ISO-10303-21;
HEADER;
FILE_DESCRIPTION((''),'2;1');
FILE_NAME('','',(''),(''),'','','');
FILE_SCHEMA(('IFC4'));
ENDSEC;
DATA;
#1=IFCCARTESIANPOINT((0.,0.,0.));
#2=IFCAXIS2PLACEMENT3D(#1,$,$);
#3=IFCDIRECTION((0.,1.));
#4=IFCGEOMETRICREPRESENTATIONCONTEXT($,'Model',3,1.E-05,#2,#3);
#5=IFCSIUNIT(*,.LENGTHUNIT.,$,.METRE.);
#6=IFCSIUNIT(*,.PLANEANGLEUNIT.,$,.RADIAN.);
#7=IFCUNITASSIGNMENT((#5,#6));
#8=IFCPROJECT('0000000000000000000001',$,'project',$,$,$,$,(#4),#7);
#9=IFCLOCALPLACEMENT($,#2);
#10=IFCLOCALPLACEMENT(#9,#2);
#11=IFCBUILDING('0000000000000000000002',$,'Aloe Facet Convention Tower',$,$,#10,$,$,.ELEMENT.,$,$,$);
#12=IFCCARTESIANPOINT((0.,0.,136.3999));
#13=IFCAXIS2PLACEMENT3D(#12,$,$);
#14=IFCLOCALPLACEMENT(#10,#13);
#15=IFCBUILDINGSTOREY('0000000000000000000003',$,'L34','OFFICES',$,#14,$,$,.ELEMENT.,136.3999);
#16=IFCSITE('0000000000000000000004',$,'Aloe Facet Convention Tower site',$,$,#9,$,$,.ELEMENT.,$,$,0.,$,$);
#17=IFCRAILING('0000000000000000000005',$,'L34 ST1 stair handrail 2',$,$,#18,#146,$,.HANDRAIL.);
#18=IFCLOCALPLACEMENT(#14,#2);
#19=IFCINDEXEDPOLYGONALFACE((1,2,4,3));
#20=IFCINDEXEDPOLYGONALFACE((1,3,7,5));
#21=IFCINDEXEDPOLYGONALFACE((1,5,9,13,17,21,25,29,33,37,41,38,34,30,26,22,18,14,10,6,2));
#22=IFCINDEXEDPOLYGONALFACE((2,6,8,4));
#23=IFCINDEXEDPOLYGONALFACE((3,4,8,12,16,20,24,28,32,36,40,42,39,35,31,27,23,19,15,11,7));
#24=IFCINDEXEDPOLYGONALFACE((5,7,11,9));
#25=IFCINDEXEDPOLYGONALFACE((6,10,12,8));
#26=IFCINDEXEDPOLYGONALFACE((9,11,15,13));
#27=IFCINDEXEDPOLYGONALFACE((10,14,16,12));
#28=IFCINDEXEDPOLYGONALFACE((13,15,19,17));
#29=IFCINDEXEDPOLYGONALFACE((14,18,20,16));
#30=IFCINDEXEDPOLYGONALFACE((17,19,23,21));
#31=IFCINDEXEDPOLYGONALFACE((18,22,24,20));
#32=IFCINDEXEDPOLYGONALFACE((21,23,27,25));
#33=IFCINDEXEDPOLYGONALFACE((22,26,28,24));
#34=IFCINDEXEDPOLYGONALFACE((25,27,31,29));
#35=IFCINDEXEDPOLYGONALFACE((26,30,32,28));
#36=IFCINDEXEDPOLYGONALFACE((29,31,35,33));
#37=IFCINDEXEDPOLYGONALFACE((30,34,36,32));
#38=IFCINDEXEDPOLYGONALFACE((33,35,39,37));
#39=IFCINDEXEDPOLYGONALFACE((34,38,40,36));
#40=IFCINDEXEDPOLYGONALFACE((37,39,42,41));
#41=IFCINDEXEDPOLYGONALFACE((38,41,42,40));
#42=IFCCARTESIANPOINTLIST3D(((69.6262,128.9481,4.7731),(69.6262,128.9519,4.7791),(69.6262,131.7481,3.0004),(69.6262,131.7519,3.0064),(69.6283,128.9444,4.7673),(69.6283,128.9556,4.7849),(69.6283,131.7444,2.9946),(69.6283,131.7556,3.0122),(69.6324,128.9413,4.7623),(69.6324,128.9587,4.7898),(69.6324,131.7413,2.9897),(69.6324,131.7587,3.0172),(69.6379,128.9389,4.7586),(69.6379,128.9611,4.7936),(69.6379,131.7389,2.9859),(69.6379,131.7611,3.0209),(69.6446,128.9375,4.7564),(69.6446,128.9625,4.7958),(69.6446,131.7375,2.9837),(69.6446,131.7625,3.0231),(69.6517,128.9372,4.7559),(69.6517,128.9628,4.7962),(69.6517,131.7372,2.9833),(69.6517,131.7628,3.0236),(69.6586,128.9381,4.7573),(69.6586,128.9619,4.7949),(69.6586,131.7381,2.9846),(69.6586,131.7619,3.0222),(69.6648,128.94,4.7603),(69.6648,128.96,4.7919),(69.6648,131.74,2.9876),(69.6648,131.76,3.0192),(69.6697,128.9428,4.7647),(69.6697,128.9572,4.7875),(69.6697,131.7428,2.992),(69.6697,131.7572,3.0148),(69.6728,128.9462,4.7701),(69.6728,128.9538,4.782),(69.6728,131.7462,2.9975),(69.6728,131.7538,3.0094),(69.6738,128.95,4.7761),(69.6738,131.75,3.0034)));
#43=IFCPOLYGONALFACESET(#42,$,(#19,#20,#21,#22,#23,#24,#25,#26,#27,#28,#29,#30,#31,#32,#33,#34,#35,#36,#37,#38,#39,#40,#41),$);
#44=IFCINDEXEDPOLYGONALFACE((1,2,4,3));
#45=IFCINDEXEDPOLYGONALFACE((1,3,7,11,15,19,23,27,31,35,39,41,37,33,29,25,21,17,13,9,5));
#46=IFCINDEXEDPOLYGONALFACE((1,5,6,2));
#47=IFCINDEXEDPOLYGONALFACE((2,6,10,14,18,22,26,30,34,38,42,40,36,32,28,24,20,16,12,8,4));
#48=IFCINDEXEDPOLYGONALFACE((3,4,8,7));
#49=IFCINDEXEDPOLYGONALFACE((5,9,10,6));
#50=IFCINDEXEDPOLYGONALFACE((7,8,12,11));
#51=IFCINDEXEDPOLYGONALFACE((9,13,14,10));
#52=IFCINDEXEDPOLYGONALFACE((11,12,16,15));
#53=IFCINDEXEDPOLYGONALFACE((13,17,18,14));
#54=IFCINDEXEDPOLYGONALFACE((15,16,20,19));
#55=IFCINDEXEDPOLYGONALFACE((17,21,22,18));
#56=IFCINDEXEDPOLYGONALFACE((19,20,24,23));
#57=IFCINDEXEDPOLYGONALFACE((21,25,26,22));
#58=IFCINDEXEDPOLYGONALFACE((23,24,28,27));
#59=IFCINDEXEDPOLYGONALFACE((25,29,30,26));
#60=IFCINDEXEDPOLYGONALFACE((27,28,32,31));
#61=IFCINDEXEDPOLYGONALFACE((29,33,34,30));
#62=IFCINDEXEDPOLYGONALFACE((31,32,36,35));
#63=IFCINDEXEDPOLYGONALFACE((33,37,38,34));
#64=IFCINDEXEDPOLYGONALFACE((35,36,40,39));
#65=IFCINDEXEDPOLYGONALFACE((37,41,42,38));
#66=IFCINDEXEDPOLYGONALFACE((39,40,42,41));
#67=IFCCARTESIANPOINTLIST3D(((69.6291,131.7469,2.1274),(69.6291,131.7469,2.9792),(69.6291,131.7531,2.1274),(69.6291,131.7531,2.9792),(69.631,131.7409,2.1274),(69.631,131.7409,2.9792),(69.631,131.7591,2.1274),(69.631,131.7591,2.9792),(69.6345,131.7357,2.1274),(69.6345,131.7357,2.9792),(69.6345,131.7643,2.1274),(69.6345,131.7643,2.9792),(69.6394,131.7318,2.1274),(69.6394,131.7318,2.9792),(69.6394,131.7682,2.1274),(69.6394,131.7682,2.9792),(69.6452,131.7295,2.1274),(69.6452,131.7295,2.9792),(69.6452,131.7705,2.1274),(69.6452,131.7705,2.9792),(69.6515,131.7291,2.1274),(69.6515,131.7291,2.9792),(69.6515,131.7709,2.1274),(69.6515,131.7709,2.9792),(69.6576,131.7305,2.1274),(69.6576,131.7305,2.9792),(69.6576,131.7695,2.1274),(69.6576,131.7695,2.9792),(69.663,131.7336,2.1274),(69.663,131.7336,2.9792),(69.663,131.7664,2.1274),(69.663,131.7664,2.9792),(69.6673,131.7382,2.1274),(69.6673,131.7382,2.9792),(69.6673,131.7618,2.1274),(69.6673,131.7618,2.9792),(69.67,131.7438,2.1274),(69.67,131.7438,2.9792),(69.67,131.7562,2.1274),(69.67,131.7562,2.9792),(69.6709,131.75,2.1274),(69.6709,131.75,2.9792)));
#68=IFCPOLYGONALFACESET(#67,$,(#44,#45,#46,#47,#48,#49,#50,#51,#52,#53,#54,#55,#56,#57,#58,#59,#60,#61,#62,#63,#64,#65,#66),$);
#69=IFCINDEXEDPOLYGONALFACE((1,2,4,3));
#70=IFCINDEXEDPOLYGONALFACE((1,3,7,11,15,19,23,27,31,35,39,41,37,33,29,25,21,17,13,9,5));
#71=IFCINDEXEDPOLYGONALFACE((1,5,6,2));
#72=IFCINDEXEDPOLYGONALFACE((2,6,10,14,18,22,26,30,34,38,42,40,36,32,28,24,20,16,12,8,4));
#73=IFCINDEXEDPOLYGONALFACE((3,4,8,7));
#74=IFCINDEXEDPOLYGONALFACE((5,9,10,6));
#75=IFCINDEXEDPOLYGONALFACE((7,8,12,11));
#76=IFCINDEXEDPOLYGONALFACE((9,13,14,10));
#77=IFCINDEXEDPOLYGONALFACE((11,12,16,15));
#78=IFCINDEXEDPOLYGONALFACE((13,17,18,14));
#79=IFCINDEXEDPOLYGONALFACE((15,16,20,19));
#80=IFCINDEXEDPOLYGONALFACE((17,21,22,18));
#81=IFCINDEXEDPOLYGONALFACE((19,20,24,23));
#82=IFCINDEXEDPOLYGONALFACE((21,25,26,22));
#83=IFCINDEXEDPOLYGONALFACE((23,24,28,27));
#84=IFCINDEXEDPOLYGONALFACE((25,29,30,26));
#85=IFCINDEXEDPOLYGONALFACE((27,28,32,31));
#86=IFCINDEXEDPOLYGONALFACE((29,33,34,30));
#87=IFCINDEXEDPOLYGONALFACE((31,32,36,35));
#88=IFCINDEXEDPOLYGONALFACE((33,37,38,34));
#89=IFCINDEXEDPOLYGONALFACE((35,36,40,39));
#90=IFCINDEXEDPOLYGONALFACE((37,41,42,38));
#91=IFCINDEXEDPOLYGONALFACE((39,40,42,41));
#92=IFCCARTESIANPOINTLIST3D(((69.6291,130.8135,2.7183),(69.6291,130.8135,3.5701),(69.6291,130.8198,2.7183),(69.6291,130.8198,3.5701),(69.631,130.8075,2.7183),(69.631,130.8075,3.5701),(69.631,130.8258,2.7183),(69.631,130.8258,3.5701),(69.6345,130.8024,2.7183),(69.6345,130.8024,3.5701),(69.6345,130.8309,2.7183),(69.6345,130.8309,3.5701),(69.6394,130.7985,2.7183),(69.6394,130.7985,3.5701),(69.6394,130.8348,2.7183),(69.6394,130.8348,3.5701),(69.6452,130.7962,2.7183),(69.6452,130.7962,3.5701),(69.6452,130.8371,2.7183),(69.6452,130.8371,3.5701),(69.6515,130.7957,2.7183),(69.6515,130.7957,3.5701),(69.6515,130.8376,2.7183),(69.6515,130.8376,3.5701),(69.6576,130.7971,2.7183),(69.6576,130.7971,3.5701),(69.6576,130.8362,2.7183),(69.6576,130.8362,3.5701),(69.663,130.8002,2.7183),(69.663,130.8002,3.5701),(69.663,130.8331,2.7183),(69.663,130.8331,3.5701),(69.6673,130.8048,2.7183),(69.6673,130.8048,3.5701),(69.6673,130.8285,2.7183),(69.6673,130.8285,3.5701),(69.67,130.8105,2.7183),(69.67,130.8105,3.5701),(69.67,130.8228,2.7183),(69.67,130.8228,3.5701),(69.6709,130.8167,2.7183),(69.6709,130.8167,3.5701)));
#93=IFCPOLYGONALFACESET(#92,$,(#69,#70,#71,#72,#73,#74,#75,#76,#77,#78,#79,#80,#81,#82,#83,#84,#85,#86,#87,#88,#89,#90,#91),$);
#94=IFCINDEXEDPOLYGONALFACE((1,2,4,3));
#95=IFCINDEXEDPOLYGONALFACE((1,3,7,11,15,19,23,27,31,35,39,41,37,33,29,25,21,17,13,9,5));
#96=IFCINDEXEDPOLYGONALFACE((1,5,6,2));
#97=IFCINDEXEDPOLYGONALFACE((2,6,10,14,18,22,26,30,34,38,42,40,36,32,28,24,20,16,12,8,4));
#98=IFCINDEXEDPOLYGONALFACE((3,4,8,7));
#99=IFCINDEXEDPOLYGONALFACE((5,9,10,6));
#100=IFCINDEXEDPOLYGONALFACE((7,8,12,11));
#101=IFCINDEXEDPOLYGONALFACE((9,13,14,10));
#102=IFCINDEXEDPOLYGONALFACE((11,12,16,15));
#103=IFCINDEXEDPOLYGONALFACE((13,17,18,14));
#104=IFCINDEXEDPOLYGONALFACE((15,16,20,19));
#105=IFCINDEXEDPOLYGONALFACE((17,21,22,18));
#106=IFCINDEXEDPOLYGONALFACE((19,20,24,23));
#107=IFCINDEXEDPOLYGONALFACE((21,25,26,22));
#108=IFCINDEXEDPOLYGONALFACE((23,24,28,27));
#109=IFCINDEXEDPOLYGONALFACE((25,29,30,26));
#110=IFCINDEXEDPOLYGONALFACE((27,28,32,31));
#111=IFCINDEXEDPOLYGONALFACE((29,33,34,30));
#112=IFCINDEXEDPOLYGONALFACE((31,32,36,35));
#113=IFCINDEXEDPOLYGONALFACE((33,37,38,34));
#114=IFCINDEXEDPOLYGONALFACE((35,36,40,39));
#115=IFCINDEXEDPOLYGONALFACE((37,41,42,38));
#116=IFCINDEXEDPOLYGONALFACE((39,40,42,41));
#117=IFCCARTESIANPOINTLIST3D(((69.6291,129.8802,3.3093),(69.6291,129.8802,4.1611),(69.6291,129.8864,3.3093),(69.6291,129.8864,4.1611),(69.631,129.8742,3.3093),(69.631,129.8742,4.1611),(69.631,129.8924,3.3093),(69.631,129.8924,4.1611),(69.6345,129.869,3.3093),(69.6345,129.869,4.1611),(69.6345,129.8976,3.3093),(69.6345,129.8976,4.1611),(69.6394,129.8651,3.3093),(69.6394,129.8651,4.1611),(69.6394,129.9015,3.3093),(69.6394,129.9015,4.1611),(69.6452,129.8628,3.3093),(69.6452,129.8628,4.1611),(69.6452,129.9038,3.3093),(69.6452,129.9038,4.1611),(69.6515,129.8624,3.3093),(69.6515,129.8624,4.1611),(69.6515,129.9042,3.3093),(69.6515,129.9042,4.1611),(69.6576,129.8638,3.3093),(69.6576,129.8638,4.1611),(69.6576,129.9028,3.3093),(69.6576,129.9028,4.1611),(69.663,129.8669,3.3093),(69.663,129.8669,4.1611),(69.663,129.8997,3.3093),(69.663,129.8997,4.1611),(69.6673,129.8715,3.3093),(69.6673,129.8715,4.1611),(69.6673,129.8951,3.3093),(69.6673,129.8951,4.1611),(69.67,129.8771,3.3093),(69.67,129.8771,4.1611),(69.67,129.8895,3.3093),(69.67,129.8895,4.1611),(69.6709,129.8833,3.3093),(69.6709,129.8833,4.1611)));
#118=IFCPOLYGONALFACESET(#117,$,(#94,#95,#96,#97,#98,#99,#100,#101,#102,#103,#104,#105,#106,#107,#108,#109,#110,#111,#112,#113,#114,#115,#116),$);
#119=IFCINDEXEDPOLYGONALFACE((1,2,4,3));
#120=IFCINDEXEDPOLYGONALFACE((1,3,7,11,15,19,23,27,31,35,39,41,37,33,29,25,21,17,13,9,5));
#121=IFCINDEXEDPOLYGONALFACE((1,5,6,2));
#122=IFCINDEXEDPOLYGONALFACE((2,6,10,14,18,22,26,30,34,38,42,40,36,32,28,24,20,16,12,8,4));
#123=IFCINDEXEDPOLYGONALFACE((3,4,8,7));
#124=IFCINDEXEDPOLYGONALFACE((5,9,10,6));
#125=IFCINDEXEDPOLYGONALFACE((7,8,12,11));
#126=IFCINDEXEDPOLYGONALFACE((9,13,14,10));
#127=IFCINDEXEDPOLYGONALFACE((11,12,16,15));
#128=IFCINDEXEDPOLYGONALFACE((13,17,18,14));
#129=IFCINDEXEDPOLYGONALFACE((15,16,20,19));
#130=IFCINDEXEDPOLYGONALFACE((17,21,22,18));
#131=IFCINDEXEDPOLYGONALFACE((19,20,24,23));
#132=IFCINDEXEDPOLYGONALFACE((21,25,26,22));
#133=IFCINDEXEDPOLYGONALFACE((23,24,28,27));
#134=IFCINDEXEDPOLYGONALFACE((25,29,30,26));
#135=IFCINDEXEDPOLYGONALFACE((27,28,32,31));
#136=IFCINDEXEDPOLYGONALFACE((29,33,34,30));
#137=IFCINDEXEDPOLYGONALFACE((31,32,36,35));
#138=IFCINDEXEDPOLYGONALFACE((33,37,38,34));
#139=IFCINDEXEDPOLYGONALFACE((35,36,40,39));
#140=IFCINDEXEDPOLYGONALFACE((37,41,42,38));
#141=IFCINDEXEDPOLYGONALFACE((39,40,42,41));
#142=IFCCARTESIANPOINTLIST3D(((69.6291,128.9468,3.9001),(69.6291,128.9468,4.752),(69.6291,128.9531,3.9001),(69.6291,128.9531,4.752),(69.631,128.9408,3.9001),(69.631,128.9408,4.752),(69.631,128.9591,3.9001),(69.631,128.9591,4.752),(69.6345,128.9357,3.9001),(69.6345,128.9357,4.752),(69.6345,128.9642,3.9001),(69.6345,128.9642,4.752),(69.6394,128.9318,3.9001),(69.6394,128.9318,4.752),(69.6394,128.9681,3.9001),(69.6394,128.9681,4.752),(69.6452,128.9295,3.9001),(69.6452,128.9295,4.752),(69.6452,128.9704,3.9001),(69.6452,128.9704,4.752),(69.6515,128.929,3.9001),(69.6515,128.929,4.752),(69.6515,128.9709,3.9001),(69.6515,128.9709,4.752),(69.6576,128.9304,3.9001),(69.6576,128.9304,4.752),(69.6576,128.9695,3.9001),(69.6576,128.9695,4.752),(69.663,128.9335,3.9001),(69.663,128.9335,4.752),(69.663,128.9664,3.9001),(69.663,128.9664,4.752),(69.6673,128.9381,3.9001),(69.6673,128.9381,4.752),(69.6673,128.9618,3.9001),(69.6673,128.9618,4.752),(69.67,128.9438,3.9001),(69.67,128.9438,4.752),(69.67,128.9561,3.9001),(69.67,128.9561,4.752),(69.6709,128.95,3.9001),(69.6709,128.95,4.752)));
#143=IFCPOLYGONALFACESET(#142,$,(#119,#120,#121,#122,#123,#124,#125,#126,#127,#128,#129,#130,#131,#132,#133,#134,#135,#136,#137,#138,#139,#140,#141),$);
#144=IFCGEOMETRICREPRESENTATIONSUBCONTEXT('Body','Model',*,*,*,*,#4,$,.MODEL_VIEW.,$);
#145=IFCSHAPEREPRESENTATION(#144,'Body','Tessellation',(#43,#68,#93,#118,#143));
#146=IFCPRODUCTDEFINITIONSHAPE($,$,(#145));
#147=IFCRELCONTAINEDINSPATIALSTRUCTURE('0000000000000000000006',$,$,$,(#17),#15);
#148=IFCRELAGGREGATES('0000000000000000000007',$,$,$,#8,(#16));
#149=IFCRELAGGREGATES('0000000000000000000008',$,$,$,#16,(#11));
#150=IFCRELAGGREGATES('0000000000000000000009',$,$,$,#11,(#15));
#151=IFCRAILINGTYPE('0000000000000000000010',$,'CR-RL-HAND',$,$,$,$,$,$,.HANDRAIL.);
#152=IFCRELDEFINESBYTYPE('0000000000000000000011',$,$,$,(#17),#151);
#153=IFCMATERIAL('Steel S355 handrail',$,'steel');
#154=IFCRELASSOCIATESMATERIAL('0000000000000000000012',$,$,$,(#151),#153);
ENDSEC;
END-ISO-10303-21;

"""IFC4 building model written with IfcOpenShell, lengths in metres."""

from ifc_helpers import new_model, si_unit, direction, frame, origin, origin_2d, place, context, subcontext, project, spatial, circle, extrude, material, type_object, element, save


model = new_model("IFC4")

# Units and contexts
model_context = context("Model", 3, precision=1e-05, world=origin(), true_north=direction((0.0, 1.0)))
body_context = subcontext(model_context, "Body", "Model", "MODEL_VIEW")
ifc_project = project(units=[si_unit("LENGTHUNIT", "METRE"), si_unit("PLANEANGLEUNIT", "RADIAN")], contexts=[model_context])

# Site, building, storey
site_placement = place(None, origin())
site = spatial("IfcSite", under=ifc_project, at=site_placement, Name="Aloe Facet Convention Tower site", CompositionType="ELEMENT", RefElevation=0.0)
building_placement = place(site_placement, origin())
building = spatial("IfcBuilding", under=site, at=building_placement, Name="Aloe Facet Convention Tower", CompositionType="ELEMENT")
storey_placement = place(building_placement, frame((0.0, 0.0, 136.3999)))
storey = spatial("IfcBuildingStorey", under=building, at=storey_placement, Name="L34", Description="OFFICES", CompositionType="ELEMENT", Elevation=136.3999)

# Railing
ifc_material_1 = material(Name="Steel S355 handrail", Category="steel")
railing_type_1 = type_object("IfcRailingType", Name="CR-RL-HAND", PredefinedType="HANDRAIL", material=ifc_material_1)
railing_1_placement = place(storey_placement, frame((69.6499, 131.75, 2.1274)))
element("IfcRailing", 1, at=railing_1_placement, inside=storey, type_object=railing_type_1, Name="L34 ST1 stair handrail 2", PredefinedType="HANDRAIL", context=body_context, shape_type="SweptSolid", body=[
    extrude(circle(Radius=0.0239, at=origin_2d()), frame((0.0, 0.0, 0.876), z_axis=(0.0, -0.844909, 0.53491), x_axis=(1.0, 0.0, 0.0)), (0.0, 0.0, 1.0), 3.314),
    extrude(circle(Radius=0.021, at=origin_2d()), origin(), (0.0, 0.0, 1.0), 0.8518),
    extrude(circle(Radius=0.021, at=origin_2d()), frame((0.0, -0.9333, 0.5908)), (0.0, 0.0, 1.0), 0.8518),
    extrude(circle(Radius=0.021, at=origin_2d()), frame((0.0, -1.8667, 1.1819)), (0.0, 0.0, 1.0), 0.8518),
    extrude(circle(Radius=0.021, at=origin_2d()), frame((0.0, -2.8, 1.7727)), (0.0, 0.0, 1.0), 0.8518),
])

save(model, "model.ifc")
